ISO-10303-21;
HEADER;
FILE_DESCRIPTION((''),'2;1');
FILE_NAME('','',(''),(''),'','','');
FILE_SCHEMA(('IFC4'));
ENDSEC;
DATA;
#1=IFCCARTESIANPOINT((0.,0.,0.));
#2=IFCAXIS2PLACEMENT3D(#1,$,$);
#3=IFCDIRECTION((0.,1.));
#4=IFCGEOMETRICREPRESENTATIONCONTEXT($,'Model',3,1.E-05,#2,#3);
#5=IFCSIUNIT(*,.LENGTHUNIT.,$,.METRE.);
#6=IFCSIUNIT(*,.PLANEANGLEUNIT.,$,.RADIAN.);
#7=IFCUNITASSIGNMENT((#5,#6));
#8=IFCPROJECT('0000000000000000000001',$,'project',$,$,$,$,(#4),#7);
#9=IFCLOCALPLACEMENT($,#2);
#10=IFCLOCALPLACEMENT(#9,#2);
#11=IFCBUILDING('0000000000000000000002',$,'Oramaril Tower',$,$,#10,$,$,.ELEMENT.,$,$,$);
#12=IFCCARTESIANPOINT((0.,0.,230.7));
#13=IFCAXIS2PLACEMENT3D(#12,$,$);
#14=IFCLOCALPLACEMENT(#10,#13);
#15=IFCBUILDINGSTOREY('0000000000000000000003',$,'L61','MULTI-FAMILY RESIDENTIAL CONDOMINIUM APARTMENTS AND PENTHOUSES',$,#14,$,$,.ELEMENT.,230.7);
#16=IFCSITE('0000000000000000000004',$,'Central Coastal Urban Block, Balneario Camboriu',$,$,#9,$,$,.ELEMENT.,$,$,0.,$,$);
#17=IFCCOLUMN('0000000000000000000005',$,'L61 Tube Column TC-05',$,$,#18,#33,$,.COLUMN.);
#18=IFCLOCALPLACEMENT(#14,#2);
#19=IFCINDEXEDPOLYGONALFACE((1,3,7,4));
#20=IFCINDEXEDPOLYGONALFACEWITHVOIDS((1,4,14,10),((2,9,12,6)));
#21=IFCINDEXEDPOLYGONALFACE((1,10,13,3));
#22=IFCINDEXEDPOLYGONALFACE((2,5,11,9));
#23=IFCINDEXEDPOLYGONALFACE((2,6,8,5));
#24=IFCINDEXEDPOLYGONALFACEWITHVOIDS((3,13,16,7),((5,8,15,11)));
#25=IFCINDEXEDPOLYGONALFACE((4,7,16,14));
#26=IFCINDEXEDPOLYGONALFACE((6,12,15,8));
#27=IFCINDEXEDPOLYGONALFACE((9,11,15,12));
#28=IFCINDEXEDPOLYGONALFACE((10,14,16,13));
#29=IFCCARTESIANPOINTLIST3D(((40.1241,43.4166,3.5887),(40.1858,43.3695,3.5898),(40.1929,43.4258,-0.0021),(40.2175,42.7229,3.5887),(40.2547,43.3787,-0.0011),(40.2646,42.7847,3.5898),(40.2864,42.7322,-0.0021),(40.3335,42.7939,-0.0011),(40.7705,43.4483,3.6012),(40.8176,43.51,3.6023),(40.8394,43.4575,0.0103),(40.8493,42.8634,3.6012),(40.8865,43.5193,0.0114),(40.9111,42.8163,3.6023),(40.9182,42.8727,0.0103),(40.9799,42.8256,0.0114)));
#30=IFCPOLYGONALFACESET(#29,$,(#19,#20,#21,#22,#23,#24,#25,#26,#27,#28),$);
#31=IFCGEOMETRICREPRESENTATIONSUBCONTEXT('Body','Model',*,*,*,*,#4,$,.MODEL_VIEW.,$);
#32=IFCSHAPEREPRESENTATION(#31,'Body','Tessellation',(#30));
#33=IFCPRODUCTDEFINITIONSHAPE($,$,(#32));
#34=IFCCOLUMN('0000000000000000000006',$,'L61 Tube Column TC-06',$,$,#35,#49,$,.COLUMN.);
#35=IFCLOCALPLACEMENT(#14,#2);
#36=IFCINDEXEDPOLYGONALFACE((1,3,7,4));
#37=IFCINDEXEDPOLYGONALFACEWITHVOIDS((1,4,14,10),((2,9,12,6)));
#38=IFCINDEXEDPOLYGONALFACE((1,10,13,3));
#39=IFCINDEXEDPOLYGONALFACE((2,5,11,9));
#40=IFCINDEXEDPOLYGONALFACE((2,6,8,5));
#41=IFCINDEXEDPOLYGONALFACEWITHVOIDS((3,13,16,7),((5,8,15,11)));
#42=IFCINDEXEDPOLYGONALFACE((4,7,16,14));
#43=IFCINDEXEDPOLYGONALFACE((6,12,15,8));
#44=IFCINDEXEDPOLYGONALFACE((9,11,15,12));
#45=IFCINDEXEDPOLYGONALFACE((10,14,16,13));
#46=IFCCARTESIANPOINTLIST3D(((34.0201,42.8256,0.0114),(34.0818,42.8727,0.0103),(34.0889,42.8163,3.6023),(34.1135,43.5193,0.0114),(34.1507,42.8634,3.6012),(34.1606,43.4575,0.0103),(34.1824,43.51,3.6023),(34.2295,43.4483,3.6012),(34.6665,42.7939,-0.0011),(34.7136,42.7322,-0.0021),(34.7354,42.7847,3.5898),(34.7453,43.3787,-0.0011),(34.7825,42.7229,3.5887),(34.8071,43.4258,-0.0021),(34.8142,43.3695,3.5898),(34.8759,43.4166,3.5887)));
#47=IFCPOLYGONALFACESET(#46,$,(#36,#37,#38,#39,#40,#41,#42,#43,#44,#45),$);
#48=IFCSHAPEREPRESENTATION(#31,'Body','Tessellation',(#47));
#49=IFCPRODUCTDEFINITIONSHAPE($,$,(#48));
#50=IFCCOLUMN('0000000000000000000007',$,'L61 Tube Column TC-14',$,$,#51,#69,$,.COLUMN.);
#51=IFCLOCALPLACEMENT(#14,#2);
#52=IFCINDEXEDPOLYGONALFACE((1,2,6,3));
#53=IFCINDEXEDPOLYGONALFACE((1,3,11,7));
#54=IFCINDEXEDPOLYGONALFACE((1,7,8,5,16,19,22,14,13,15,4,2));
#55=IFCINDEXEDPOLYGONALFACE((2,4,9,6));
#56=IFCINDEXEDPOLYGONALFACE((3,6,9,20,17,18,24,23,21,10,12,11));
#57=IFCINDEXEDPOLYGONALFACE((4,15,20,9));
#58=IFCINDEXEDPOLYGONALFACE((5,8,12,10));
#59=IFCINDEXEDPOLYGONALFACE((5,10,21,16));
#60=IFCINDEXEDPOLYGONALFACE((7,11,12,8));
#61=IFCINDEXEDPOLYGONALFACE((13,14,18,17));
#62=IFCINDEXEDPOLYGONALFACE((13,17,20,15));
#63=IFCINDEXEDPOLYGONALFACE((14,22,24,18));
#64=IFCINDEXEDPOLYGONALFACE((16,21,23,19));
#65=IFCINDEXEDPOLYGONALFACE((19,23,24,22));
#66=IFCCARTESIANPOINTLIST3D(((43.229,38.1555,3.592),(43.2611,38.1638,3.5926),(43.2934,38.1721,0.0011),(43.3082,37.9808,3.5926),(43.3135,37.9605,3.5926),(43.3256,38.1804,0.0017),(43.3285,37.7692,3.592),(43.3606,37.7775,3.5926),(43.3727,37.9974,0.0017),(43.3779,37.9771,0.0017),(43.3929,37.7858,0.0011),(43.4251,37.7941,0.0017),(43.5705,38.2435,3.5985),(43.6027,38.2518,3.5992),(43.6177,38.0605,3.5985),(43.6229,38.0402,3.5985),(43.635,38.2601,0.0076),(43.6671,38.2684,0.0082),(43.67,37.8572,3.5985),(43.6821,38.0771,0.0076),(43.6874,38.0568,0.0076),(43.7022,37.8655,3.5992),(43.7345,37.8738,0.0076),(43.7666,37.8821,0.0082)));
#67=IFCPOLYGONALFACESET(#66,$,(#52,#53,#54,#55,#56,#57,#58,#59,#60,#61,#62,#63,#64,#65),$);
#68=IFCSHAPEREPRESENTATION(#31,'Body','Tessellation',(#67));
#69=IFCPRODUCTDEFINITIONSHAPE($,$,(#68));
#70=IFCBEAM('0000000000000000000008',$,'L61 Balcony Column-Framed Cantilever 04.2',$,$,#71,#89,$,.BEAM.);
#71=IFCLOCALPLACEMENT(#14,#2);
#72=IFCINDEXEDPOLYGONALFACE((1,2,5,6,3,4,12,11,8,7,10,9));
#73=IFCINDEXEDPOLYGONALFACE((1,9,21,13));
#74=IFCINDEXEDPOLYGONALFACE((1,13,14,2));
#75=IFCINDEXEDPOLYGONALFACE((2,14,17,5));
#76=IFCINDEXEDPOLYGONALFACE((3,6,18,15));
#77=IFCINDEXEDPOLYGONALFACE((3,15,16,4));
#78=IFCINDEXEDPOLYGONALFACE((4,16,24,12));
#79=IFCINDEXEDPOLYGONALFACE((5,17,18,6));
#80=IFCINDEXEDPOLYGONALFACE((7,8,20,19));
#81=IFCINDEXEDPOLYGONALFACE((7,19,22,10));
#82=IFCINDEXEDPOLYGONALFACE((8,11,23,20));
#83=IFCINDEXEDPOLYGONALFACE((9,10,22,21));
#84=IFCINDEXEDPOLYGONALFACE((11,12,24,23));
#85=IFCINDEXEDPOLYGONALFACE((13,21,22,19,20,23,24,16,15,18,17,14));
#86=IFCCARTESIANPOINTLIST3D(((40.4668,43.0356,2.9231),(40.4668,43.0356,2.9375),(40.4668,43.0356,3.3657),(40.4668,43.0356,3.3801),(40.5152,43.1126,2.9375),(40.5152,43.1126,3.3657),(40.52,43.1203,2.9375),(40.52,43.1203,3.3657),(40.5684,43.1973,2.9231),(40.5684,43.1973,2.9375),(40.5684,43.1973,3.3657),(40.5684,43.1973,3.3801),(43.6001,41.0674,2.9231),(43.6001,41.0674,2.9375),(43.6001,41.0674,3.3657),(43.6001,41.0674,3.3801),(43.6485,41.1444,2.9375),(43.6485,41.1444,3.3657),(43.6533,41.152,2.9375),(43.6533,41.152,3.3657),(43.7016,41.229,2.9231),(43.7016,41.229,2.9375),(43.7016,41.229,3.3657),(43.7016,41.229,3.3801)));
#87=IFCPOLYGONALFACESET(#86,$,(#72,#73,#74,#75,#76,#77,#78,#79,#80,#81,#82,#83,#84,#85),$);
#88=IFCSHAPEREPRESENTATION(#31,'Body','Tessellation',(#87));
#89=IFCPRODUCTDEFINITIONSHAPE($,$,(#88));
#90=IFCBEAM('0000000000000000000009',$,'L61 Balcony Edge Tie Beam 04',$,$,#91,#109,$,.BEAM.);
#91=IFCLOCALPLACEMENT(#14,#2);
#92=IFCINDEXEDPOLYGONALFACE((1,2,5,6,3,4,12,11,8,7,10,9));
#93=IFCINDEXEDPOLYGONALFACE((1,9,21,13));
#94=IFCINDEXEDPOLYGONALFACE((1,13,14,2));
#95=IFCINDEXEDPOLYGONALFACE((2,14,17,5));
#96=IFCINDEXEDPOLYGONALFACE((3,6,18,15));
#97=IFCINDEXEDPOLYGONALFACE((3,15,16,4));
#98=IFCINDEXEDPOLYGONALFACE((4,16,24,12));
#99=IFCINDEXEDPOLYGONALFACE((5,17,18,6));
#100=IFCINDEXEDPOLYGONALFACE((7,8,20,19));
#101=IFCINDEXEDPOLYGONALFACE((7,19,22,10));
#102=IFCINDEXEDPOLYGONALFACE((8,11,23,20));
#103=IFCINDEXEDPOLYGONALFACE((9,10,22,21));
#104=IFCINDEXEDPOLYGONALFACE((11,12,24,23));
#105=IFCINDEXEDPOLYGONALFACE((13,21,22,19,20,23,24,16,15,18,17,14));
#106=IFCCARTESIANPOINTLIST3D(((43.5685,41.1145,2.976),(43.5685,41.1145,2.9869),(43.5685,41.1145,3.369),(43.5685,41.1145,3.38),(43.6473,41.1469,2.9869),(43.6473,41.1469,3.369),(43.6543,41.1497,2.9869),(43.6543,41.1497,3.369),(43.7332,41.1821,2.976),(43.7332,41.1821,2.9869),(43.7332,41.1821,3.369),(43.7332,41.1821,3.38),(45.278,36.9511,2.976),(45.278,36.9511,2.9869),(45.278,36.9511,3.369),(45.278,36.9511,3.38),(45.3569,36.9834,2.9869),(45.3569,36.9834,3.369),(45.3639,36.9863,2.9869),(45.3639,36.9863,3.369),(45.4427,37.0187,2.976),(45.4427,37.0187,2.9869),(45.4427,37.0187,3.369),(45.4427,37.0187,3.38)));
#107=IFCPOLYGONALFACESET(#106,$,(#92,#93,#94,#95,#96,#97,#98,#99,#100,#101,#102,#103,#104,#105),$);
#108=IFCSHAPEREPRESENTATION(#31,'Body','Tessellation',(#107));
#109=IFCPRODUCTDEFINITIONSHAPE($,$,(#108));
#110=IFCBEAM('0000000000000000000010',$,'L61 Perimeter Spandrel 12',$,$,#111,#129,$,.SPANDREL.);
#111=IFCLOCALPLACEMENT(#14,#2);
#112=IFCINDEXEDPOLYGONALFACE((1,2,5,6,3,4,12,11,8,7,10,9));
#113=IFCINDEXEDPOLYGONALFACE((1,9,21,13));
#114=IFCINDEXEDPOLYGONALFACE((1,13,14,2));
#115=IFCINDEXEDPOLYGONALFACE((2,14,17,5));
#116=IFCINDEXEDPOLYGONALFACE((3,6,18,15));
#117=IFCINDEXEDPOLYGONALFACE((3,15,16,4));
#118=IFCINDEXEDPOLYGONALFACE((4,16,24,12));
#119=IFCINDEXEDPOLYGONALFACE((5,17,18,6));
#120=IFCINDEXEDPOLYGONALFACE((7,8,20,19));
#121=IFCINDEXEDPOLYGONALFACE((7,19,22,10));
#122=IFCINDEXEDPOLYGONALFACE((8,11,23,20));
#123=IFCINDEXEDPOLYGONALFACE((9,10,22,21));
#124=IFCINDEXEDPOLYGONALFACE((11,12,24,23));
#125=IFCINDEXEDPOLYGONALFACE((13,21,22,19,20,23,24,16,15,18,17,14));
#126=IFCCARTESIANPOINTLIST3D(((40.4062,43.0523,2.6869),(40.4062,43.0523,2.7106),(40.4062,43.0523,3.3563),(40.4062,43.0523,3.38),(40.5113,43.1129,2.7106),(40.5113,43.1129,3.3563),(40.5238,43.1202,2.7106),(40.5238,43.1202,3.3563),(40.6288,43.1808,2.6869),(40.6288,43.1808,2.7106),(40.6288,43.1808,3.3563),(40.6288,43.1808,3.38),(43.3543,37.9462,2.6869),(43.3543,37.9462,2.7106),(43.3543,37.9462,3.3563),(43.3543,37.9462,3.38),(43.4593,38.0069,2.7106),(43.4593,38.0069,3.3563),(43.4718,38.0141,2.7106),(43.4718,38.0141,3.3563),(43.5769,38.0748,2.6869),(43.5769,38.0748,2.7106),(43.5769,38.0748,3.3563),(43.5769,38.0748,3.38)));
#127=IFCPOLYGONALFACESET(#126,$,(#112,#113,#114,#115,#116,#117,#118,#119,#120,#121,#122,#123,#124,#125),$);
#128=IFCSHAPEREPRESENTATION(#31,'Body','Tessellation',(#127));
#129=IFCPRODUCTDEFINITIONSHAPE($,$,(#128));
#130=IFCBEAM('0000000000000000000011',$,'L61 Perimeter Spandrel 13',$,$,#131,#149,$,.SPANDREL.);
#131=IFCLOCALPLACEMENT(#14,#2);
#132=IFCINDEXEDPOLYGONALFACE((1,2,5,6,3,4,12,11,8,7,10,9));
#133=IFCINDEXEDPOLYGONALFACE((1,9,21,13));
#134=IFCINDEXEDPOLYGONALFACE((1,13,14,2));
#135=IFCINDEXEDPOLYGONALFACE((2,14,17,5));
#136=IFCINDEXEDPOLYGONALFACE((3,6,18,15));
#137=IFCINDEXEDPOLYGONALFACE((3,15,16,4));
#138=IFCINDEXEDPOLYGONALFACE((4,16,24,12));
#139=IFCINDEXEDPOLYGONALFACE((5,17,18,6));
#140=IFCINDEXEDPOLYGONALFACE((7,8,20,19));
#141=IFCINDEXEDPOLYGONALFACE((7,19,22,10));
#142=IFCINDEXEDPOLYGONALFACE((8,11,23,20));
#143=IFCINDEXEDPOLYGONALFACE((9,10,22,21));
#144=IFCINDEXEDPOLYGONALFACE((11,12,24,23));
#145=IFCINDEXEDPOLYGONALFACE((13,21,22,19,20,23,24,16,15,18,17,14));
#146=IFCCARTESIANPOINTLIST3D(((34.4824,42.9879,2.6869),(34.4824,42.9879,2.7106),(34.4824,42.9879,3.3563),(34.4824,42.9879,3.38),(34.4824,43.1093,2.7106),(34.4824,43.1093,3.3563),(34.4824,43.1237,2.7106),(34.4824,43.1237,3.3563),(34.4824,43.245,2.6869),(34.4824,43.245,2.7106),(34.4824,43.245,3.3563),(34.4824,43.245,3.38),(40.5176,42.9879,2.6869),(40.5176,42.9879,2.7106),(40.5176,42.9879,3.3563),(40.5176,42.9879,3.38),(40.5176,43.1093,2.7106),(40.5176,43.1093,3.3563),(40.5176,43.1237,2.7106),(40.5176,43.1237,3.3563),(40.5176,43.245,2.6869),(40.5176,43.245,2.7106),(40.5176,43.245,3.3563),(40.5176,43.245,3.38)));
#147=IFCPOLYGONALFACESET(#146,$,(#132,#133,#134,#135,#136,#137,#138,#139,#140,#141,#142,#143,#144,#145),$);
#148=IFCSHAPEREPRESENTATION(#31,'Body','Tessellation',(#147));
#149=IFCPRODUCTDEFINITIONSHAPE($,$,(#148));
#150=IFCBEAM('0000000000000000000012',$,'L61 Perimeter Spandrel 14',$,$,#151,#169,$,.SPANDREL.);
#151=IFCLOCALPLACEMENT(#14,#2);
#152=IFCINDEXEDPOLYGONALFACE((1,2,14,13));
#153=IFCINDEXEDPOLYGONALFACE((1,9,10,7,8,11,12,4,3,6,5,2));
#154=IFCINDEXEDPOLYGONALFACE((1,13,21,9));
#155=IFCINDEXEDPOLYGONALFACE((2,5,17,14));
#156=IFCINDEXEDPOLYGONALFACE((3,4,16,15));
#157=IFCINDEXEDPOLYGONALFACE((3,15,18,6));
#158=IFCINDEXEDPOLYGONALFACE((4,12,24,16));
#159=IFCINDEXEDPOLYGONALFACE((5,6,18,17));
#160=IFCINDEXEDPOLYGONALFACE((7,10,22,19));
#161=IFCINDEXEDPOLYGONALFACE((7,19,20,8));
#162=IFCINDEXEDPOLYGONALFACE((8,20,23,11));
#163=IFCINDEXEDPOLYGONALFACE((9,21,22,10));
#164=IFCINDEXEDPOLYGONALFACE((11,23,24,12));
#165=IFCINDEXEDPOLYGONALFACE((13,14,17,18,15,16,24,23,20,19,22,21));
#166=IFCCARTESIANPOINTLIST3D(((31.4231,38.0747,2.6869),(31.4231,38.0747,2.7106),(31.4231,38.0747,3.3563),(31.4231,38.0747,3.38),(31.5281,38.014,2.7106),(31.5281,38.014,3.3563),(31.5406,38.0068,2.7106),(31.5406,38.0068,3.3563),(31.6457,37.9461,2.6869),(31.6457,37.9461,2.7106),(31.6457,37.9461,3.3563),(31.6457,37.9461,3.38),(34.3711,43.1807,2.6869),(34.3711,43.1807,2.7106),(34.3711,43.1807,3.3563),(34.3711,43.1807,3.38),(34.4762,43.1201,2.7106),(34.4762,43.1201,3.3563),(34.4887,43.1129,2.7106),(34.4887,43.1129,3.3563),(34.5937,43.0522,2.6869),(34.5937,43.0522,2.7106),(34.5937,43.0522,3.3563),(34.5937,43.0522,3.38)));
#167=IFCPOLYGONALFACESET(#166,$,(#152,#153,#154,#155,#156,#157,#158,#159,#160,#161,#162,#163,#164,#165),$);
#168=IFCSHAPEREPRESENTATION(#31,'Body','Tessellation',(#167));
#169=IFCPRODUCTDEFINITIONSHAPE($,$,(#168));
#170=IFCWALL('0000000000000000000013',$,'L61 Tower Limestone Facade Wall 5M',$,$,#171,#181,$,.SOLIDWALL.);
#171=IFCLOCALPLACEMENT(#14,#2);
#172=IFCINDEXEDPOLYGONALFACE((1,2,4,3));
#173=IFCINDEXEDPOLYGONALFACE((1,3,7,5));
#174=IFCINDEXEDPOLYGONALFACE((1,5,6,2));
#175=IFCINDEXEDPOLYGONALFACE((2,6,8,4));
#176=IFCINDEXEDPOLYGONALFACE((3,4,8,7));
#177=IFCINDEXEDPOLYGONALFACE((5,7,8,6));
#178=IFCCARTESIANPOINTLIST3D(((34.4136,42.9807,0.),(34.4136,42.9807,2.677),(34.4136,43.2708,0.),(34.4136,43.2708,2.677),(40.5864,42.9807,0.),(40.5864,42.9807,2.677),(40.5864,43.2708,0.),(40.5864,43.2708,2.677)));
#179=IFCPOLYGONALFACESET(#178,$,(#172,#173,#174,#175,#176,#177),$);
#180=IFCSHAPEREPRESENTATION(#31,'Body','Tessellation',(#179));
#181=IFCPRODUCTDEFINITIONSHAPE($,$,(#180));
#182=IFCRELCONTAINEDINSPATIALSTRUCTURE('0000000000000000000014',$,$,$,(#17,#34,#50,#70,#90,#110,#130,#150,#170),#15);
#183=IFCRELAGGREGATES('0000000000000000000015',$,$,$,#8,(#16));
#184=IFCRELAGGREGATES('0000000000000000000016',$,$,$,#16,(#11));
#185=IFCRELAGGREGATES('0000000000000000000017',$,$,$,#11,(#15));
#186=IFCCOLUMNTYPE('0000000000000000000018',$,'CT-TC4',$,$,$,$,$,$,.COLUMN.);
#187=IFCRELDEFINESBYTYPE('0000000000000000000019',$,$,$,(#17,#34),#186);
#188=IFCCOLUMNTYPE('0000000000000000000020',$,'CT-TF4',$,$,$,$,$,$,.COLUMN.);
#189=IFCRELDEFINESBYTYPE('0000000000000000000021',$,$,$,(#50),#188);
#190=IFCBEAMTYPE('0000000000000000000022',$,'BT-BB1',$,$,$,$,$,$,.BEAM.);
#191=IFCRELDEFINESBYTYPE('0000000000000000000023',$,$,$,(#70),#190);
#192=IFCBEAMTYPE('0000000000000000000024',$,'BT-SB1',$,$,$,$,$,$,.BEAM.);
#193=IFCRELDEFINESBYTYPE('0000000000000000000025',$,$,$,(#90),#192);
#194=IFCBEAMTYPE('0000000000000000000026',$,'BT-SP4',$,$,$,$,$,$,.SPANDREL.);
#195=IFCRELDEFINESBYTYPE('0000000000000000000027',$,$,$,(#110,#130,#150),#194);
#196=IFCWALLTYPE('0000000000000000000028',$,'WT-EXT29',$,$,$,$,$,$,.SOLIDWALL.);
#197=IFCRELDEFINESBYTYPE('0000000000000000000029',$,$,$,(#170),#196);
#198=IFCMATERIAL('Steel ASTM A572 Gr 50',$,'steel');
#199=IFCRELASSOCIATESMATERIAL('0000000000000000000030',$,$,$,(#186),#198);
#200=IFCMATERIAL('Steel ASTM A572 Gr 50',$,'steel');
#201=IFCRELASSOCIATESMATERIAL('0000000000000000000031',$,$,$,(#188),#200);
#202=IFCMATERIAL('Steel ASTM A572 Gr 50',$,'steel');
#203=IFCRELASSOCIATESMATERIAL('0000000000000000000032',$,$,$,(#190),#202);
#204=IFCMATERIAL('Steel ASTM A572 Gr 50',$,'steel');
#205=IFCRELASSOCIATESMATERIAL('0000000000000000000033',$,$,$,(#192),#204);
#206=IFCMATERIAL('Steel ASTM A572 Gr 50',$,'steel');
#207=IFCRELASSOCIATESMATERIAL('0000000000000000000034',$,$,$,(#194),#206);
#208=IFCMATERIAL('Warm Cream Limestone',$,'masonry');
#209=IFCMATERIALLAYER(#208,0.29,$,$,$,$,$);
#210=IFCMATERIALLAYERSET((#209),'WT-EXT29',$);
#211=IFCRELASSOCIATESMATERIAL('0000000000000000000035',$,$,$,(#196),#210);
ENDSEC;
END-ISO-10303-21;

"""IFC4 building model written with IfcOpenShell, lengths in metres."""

from ifc_helpers import new_model, si_unit, direction, frame, frame_2d, origin, origin_2d, place, context, subcontext, project, spatial, rectangle, hollow_rectangle, i_section, extrude, material, layer, layer_set, material_profile, profile_set, type_object, element, save


model = new_model("IFC4")

# Units and contexts
model_context = context("Model", 3, precision=1e-05, world=origin(), true_north=direction((0.0, 1.0)))
body_context = subcontext(model_context, "Body", "Model", "MODEL_VIEW")
ifc_project = project(units=[si_unit("LENGTHUNIT", "METRE"), si_unit("PLANEANGLEUNIT", "RADIAN")], contexts=[model_context])

# Site, building, storey
site_placement = place(None, origin())
site = spatial("IfcSite", under=ifc_project, at=site_placement, Name="Central Coastal Urban Block, Balneario Camboriu", CompositionType="ELEMENT", RefElevation=0.0)
building_placement = place(site_placement, origin())
building = spatial("IfcBuilding", under=site, at=building_placement, Name="Oramaril Tower", CompositionType="ELEMENT")
storey_placement = place(building_placement, frame((0.0, 0.0, 230.7)))
storey = spatial("IfcBuildingStorey", under=building, at=storey_placement, Name="L61", Description="MULTI-FAMILY RESIDENTIAL CONDOMINIUM APARTMENTS AND PENTHOUSES", CompositionType="ELEMENT", Elevation=230.7)

# Columns
ifc_material_1 = material(Name="Steel ASTM A572 Gr 50", Category="steel")
ifc_material_profile_1 = material_profile(ifc_material_1, hollow_rectangle(XDim=0.7, YDim=0.7, WallThickness=0.0549, at=origin_2d()), Name="BOX700X700X55")
ifc_profile_set_1 = profile_set([ifc_material_profile_1], Name="Steel ASTM A572 Gr 50")
column_type_1 = type_object("IfcColumnType", Name="CT-TC4", PredefinedType="COLUMN", material=ifc_profile_set_1)
for number, where, z_axis, x_axis, name in (
    (1, (40.5864, 43.1257, 0.0046), (-0.01917, -0.002583, 0.999813), (0.133545, -0.991043, 0.0), "L61 Tube Column TC-05"),
    (2, (34.4136, 43.1257, 0.0046), (0.01917, -0.002583, 0.999813), (0.133545, 0.991043, 0.0), "L61 Tube Column TC-06"),
):
    element("IfcColumn", number, at=place(storey_placement, frame(where, z_axis=z_axis, x_axis=x_axis)), inside=storey, type_object=column_type_1, Name=name, PredefinedType="COLUMN", context=body_context, shape_type="SweptSolid", body=[
        extrude(hollow_rectangle(XDim=0.7, YDim=0.7, WallThickness=0.0549, at=origin_2d()), origin(), (0.0, 0.0, 1.0), 3.5916),
    ])
ifc_material_2 = material(Name="Steel ASTM A572 Gr 50", Category="steel")
ifc_material_profile_2 = material_profile(ifc_material_2, i_section(OverallWidth=0.3989, OverallDepth=0.386, WebThickness=0.021, FlangeThickness=0.0332, at=origin_2d()), Name="W14X176")
ifc_profile_set_2 = profile_set([ifc_material_profile_2], Name="Steel ASTM A572 Gr 50")
column_type_2 = type_object("IfcColumnType", Name="CT-TF4", PredefinedType="COLUMN", material=ifc_profile_set_2)
column_placement = place(storey_placement, frame((43.53, 38.0271, 0.0046), z_axis=(-0.017946, -0.004623, 0.999828), x_axis=(0.249434, -0.968392, 0.0)))
element("IfcColumn", 3, at=column_placement, inside=storey, type_object=column_type_2, Name="L61 Tube Column TC-14", PredefinedType="COLUMN", context=body_context, shape_type="SweptSolid", body=[
    extrude(i_section(OverallWidth=0.3989, OverallDepth=0.386, WebThickness=0.021, FlangeThickness=0.0332, at=origin_2d()), origin(), (0.0, 0.0, 1.0), 3.5916),
])

# Beams
ifc_material_3 = material(Name="Steel ASTM A572 Gr 50", Category="steel")
ifc_material_profile_3 = material_profile(ifc_material_3, i_section(OverallWidth=0.1909, OverallDepth=0.457, WebThickness=0.009, FlangeThickness=0.0144, at=origin_2d()), Name="W18X50")
ifc_profile_set_3 = profile_set([ifc_material_profile_3], Name="Steel ASTM A572 Gr 50")
beam_type_1 = type_object("IfcBeamType", Name="BT-BB1", PredefinedType="BEAM", material=ifc_profile_set_3)
beam_1_placement = place(storey_placement, frame((40.5176, 43.1165, 3.1516), z_axis=(0.846788, -0.531931, 0.0), x_axis=(0.531931, 0.846788, 0.0)))
element("IfcBeam", 4, at=beam_1_placement, inside=storey, type_object=beam_type_1, Name="L61 Balcony Column-Framed Cantilever 04.2", PredefinedType="BEAM", context=body_context, shape_type="SweptSolid", body=[
    extrude(i_section(OverallWidth=0.1909, OverallDepth=0.457, WebThickness=0.009, FlangeThickness=0.0144, at=origin_2d()), origin(), (0.0, 0.0, 1.0), 3.7002),
])
ifc_material_4 = material(Name="Steel ASTM A572 Gr 50", Category="steel")
ifc_material_profile_4 = material_profile(ifc_material_4, i_section(OverallWidth=0.178, OverallDepth=0.4041, WebThickness=0.0076, FlangeThickness=0.011, at=origin_2d()), Name="W16X36")
ifc_profile_set_4 = profile_set([ifc_material_profile_4], Name="Steel ASTM A572 Gr 50")
beam_type_2 = type_object("IfcBeamType", Name="BT-SB1", PredefinedType="BEAM", material=ifc_profile_set_4)
beam_2_placement = place(storey_placement, frame((45.3604, 36.9849, 3.178), z_axis=(-0.37983, 0.925056, 0.0), x_axis=(-0.925056, -0.37983, 0.0)))
element("IfcBeam", 5, at=beam_2_placement, inside=storey, type_object=beam_type_2, Name="L61 Balcony Edge Tie Beam 04", PredefinedType="BEAM", context=body_context, shape_type="SweptSolid", body=[
    extrude(i_section(OverallWidth=0.178, OverallDepth=0.4041, WebThickness=0.0076, FlangeThickness=0.011, at=origin_2d()), origin(), (0.0, 0.0, 1.0), 4.5007),
])
ifc_material_5 = material(Name="Steel ASTM A572 Gr 50", Category="steel")
ifc_material_profile_5 = material_profile(ifc_material_5, i_section(OverallWidth=0.2571, OverallDepth=0.6931, WebThickness=0.0144, FlangeThickness=0.0237, at=origin_2d()), Name="W27X114")
ifc_profile_set_5 = profile_set([ifc_material_profile_5], Name="Steel ASTM A572 Gr 50")
beam_type_3 = type_object("IfcBeamType", Name="BT-SP4", PredefinedType="SPANDREL", material=ifc_profile_set_5)
beam_3_placement = place(storey_placement, frame((43.4656, 38.0105, 3.0334), z_axis=(-0.500009, 0.86602, 0.0), x_axis=(-0.86602, -0.500009, 0.0)))
element("IfcBeam", 6, at=beam_3_placement, inside=storey, type_object=beam_type_3, Name="L61 Perimeter Spandrel 12", PredefinedType="SPANDREL", context=body_context, shape_type="SweptSolid", body=[
    extrude(i_section(OverallWidth=0.2571, OverallDepth=0.6931, WebThickness=0.0144, FlangeThickness=0.0237, at=origin_2d()), origin(), (0.0, 0.0, 1.0), 5.896),
])
beam_4_placement = place(storey_placement, frame((40.5176, 43.1165, 3.0334), z_axis=(-1.0, 0.0, 0.0), x_axis=(0.0, -1.0, 0.0)))
element("IfcBeam", 7, at=beam_4_placement, inside=storey, type_object=beam_type_3, Name="L61 Perimeter Spandrel 13", PredefinedType="SPANDREL", context=body_context, shape_type="SweptSolid", body=[
    extrude(i_section(OverallWidth=0.2571, OverallDepth=0.6931, WebThickness=0.0144, FlangeThickness=0.0237, at=origin_2d()), origin(), (0.0, 0.0, 1.0), 6.0352),
])
beam_5_placement = place(storey_placement, frame((34.4824, 43.1165, 3.0334), z_axis=(-0.500009, -0.86602, 0.0), x_axis=(0.86602, -0.500009, 0.0)))
element("IfcBeam", 8, at=beam_5_placement, inside=storey, type_object=beam_type_3, Name="L61 Perimeter Spandrel 14", PredefinedType="SPANDREL", context=body_context, shape_type="SweptSolid", body=[
    extrude(i_section(OverallWidth=0.2571, OverallDepth=0.6931, WebThickness=0.0144, FlangeThickness=0.0237, at=origin_2d()), origin(), (0.0, 0.0, 1.0), 5.896),
])

# Wall
ifc_material_6 = material(Name="Warm Cream Limestone", Category="masonry")
ifc_layer_1 = layer(ifc_material_6, 0.29)
ifc_layer_set_1 = layer_set([ifc_layer_1], Name="WT-EXT29")
wall_type = type_object("IfcWallType", Name="WT-EXT29", PredefinedType="SOLIDWALL", material=ifc_layer_set_1)
wall_1_placement = place(storey_placement, frame((40.5864, 43.1257, 0.0), z_axis=(0.0, 0.0, 1.0), x_axis=(-1.0, 0.0, 0.0)))
element("IfcWall", 9, at=wall_1_placement, inside=storey, type_object=wall_type, Name="L61 Tower Limestone Facade Wall 5M", PredefinedType="SOLIDWALL", context=body_context, shape_type="SweptSolid", body=[
    extrude(rectangle(XDim=6.1729, YDim=0.29, at=frame_2d((3.0864, 0.0))), origin(), (0.0, 0.0, 1.0), 2.677),
])

save(model, "model.ifc")
